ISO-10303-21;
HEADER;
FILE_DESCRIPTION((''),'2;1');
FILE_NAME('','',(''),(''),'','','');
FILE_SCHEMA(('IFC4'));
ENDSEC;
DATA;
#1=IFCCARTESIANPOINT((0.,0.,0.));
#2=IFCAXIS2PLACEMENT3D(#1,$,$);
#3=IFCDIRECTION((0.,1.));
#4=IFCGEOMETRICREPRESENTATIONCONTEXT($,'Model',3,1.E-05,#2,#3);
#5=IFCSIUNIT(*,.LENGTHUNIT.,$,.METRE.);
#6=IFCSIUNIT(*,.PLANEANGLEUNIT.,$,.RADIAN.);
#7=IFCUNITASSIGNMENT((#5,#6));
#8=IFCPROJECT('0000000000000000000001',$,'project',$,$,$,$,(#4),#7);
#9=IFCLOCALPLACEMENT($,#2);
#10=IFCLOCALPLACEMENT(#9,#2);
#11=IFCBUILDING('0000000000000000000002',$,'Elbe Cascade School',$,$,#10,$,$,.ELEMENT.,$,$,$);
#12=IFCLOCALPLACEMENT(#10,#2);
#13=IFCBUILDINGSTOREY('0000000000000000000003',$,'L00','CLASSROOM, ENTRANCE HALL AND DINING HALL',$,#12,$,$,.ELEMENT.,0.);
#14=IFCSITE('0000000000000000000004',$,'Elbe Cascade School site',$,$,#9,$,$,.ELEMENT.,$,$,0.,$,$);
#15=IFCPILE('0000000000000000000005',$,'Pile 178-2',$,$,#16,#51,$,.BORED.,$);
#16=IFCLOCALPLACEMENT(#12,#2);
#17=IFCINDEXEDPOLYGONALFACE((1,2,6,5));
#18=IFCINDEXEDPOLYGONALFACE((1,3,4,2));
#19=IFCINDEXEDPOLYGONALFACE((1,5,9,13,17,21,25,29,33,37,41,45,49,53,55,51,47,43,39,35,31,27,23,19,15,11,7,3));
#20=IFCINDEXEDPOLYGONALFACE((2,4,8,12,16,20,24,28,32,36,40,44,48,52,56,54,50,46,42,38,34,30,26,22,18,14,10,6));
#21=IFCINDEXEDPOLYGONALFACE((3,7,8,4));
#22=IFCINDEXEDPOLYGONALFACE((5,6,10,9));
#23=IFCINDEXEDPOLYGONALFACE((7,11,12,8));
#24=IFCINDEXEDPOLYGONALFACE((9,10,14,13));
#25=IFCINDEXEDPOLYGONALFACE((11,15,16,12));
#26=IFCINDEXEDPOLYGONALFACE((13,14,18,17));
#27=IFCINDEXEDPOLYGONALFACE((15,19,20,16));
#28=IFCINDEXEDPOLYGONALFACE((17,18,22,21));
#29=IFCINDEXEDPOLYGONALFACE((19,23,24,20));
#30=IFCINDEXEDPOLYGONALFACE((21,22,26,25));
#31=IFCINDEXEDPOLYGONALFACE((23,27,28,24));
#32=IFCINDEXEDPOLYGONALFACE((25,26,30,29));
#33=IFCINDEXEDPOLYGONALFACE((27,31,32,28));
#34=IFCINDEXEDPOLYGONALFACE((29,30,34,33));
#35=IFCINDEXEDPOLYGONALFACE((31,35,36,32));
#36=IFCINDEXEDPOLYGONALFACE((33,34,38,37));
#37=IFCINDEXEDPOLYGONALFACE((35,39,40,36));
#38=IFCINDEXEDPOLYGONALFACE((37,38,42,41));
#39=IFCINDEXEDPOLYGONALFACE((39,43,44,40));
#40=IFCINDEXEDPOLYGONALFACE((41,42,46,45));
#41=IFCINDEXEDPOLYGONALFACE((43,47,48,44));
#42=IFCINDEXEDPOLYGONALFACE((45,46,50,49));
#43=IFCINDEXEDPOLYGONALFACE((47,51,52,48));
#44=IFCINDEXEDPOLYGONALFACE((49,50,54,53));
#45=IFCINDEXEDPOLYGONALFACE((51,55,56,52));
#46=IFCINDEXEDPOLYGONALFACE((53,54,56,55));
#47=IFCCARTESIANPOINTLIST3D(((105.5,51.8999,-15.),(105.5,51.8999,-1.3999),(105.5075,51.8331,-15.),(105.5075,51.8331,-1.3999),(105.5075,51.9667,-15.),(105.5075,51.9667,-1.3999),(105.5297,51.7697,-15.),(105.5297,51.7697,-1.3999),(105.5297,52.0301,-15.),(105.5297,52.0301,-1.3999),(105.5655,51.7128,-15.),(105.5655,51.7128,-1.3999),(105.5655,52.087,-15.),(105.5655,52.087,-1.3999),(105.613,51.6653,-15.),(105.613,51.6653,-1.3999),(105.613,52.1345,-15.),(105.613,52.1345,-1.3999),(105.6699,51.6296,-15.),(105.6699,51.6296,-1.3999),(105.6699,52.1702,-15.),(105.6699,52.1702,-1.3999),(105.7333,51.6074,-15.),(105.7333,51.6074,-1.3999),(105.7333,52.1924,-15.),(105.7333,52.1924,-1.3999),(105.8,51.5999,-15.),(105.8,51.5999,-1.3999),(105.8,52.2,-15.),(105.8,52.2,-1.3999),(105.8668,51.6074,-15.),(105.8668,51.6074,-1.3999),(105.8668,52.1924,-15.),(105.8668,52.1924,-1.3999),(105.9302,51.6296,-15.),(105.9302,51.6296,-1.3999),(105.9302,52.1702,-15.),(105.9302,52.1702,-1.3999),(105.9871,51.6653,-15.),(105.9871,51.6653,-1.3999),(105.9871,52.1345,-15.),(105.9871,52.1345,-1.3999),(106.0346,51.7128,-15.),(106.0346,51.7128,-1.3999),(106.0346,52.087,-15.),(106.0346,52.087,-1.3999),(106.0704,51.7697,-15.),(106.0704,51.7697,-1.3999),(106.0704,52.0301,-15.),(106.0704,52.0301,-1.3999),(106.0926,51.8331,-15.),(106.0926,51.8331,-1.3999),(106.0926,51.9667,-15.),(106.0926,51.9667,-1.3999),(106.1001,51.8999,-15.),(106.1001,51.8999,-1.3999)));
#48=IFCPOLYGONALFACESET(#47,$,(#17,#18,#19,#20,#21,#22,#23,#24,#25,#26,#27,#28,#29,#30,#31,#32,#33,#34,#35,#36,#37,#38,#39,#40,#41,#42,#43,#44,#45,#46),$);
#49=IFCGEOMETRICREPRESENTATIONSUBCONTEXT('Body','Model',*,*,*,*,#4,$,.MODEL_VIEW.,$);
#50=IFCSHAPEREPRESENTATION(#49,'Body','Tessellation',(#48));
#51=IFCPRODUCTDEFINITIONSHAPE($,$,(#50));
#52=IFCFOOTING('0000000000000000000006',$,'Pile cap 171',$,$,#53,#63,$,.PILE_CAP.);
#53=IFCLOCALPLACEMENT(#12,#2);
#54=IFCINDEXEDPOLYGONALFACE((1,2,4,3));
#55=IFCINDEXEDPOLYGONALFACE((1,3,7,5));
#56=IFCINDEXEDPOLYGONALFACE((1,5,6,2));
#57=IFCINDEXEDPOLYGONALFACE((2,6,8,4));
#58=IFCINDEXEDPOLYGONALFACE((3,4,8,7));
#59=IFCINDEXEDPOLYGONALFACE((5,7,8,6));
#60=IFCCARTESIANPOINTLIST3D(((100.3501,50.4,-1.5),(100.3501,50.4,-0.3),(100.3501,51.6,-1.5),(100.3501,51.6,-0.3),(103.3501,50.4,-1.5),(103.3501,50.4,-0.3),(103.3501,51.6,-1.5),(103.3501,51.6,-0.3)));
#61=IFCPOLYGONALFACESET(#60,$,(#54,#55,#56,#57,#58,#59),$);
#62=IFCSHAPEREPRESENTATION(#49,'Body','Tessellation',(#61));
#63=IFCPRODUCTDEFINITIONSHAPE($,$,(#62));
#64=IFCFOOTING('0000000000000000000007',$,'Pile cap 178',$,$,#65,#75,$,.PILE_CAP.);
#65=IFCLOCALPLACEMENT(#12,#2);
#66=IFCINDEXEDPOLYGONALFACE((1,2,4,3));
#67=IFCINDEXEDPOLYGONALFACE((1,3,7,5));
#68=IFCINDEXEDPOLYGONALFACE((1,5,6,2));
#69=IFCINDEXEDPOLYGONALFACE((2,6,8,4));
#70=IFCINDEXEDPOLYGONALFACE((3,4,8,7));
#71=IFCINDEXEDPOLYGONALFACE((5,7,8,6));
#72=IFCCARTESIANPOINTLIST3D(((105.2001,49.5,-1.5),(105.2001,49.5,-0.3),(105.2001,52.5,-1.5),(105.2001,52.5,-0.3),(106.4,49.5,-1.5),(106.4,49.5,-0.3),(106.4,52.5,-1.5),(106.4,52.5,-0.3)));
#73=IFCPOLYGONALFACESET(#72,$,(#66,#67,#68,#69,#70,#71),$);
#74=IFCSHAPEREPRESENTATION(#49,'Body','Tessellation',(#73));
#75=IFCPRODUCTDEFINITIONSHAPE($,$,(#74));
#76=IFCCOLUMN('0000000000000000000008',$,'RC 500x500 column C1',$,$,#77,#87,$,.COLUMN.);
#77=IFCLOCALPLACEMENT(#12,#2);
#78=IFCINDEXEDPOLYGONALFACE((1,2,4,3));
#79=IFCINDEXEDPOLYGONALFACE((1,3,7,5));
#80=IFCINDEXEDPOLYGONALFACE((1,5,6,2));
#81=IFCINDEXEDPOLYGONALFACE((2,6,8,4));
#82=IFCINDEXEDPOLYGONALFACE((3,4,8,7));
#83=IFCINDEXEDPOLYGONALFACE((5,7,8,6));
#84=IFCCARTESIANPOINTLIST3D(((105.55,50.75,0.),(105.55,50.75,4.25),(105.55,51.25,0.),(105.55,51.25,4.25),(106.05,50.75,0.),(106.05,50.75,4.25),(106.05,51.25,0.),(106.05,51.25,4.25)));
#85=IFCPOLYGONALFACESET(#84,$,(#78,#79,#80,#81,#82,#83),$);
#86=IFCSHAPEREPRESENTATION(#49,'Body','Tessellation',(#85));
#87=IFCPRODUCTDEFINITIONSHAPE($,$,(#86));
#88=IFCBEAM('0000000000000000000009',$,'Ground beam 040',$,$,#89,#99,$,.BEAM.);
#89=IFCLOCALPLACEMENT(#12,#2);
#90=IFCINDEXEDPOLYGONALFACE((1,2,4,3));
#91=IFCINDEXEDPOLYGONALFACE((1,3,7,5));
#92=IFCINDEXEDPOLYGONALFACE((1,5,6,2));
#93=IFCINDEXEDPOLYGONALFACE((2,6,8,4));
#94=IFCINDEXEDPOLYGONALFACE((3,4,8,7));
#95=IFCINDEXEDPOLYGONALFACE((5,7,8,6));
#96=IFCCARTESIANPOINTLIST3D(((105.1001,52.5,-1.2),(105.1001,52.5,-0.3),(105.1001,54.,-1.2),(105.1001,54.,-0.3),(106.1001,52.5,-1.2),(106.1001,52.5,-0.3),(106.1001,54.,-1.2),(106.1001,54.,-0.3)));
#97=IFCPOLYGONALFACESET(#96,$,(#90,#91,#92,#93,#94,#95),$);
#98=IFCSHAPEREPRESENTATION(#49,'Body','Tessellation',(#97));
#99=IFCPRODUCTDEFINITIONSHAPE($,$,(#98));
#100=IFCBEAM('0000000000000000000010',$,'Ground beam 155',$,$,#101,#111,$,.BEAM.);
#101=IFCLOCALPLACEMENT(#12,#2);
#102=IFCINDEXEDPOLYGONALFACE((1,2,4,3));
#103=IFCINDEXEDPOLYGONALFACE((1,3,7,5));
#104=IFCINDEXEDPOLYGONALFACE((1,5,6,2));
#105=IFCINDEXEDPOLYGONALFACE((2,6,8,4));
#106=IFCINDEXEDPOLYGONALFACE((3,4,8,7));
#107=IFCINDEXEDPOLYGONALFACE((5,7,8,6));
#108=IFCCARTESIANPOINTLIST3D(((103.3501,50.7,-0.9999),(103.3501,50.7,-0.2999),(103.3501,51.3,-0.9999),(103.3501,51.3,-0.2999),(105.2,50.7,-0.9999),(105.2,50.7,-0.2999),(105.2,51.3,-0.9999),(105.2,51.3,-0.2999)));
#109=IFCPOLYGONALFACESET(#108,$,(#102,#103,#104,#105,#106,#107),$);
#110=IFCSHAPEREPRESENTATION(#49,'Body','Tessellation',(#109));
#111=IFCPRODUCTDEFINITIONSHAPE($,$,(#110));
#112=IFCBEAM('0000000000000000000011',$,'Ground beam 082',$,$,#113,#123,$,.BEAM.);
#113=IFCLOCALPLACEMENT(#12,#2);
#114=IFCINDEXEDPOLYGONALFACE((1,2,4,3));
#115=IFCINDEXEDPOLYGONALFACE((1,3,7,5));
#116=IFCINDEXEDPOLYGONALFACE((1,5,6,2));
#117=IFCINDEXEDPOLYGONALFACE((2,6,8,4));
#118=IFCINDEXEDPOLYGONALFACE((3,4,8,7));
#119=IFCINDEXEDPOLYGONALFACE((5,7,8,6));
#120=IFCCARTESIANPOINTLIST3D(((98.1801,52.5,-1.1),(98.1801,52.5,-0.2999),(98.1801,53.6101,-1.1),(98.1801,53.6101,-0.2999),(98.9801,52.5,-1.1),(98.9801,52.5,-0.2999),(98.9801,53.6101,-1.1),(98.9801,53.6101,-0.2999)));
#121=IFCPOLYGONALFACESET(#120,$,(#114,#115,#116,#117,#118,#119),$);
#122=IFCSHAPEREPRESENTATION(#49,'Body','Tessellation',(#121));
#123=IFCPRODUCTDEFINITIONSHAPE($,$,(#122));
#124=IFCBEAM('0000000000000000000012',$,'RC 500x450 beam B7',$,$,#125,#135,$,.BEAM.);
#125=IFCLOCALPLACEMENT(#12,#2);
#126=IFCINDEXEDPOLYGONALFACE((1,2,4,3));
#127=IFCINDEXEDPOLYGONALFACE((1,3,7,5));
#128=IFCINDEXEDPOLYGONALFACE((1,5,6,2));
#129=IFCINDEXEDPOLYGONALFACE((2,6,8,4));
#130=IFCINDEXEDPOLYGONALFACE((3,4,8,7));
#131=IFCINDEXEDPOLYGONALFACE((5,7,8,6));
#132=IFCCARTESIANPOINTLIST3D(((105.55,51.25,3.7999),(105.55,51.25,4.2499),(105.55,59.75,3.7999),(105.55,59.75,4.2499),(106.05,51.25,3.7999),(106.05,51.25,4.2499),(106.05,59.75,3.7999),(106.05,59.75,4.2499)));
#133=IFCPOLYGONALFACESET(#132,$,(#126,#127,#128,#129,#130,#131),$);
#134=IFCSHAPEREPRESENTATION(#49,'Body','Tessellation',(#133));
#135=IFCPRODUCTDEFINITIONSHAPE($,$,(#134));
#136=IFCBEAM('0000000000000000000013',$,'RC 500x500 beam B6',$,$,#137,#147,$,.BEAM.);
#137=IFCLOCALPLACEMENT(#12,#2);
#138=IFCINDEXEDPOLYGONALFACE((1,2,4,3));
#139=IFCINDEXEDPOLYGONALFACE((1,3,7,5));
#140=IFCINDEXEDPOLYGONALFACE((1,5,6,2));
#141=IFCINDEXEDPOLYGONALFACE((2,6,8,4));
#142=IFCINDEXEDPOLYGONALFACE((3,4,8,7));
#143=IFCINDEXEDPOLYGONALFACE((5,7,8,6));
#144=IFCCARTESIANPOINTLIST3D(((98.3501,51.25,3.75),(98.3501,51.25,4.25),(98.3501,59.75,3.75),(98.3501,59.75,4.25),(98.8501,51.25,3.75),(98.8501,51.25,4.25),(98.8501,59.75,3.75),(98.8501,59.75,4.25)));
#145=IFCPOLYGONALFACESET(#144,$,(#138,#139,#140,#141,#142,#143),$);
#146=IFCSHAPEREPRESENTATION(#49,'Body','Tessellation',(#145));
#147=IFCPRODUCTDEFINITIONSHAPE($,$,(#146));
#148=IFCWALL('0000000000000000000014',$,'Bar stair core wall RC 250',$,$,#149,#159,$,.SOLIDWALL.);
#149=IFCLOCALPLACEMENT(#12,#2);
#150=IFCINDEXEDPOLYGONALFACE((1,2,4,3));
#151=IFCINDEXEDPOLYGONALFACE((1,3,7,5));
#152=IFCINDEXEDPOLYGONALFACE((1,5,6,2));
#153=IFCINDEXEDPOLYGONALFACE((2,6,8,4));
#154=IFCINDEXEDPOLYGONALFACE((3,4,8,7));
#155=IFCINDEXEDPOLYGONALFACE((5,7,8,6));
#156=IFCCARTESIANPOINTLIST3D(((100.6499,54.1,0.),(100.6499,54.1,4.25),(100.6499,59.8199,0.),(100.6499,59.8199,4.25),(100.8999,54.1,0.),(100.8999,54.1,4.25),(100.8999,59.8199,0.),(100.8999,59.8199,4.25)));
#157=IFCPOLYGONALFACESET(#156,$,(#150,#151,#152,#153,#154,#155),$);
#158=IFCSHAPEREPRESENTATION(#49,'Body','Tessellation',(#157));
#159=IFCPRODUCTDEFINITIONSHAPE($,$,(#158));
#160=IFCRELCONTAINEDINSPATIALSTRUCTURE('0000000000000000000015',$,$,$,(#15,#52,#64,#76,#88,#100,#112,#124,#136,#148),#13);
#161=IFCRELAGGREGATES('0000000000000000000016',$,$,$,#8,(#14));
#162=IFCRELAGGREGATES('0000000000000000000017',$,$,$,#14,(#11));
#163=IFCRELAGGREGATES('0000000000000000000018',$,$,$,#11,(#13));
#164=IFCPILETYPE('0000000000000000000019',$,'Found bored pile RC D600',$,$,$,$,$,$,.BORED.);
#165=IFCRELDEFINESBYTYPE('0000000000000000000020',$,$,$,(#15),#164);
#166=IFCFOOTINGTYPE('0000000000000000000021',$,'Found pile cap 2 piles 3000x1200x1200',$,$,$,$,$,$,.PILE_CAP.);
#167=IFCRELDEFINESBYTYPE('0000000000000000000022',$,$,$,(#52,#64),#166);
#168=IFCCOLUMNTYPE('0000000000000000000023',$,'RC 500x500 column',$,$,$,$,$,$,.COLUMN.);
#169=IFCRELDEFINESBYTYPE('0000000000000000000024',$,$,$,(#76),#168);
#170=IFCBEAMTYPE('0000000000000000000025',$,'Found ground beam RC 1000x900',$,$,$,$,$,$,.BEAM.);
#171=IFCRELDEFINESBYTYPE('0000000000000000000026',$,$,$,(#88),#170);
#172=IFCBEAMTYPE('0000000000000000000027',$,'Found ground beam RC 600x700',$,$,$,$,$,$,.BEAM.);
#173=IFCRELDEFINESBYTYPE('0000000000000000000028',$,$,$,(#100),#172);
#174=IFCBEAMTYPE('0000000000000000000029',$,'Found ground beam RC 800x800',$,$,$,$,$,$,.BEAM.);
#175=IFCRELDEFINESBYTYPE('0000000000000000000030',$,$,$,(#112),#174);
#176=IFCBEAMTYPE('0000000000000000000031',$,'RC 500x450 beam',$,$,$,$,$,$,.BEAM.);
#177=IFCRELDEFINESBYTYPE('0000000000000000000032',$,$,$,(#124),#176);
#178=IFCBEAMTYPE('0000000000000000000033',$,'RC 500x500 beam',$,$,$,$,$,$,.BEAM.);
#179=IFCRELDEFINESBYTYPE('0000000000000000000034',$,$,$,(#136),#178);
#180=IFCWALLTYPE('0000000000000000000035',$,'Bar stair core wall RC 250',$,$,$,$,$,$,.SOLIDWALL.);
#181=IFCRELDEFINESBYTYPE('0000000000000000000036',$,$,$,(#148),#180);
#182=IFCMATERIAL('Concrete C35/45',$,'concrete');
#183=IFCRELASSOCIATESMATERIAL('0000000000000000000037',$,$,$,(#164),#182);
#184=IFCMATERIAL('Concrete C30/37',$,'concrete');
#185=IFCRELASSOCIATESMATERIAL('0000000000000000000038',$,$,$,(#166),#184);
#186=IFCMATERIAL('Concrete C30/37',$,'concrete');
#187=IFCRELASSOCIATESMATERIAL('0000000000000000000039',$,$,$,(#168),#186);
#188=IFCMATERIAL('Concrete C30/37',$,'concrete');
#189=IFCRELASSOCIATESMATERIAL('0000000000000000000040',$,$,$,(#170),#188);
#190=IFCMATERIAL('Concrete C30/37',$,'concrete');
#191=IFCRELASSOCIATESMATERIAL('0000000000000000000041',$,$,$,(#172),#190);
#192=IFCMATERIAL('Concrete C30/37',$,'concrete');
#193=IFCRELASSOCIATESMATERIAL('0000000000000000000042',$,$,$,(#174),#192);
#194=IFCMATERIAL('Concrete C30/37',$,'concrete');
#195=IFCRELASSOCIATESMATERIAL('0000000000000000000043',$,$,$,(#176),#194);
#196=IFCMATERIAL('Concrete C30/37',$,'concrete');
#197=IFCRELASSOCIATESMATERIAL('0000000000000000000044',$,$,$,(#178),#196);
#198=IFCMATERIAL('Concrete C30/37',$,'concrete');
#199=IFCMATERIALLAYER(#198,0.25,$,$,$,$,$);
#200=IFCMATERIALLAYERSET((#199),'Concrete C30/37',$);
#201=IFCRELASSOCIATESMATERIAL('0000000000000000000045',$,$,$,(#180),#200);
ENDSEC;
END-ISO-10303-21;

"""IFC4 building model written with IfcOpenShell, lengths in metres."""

from ifc_helpers import new_model, si_unit, direction, frame, frame_2d, origin, origin_2d, place, context, subcontext, project, spatial, rectangle, circle, extrude, material, layer, layer_set, material_profile, profile_set, type_object, element, save


model = new_model("IFC4")

# Units and contexts
model_context = context("Model", 3, precision=1e-05, world=origin(), true_north=direction((0.0, 1.0)))
body_context = subcontext(model_context, "Body", "Model", "MODEL_VIEW")
ifc_project = project(units=[si_unit("LENGTHUNIT", "METRE"), si_unit("PLANEANGLEUNIT", "RADIAN")], contexts=[model_context])

# Site, building, storey
site_placement = place(None, origin())
site = spatial("IfcSite", under=ifc_project, at=site_placement, Name="Elbe Cascade School site", CompositionType="ELEMENT", RefElevation=0.0)
building_placement = place(site_placement, origin())
building = spatial("IfcBuilding", under=site, at=building_placement, Name="Elbe Cascade School", CompositionType="ELEMENT")
storey_placement = place(building_placement, origin())
storey = spatial("IfcBuildingStorey", under=building, at=storey_placement, Name="L00", Description="CLASSROOM, ENTRANCE HALL AND DINING HALL", CompositionType="ELEMENT", Elevation=0.0)

# Pile
ifc_material_1 = material(Name="Concrete C35/45", Category="concrete")
ifc_material_profile_1 = material_profile(ifc_material_1, circle(Radius=0.3, at=origin_2d()), Name="RC D600")
ifc_profile_set_1 = profile_set([ifc_material_profile_1], Name="Concrete C35/45")
pile_type = type_object("IfcPileType", Name="Found bored pile RC D600", PredefinedType="BORED", material=ifc_profile_set_1)
for number, where, z_axis, x_axis, name in (
    (1, (105.8, 51.8999, -1.3999), (0.0, 0.0, -1.0), (1.0, 0.0, 0.0), "Pile 178-2"),
):
    element("IfcPile", number, at=place(storey_placement, frame(where, z_axis=z_axis, x_axis=x_axis)), inside=storey, type_object=pile_type, Name=name, PredefinedType="BORED", context=body_context, shape_type="SweptSolid", body=[
        extrude(circle(Radius=0.3, at=origin_2d()), origin(), (0.0, 0.0, 1.0), 13.6001),
    ])

# Footings
ifc_material_2 = material(Name="Concrete C30/37", Category="concrete")
footing_type = type_object("IfcFootingType", Name="Found pile cap 2 piles 3000x1200x1200", PredefinedType="PILE_CAP", material=ifc_material_2)
footing_1_placement = place(storey_placement, frame((101.8501, 51.0, -1.5), z_axis=(0.0, 0.0, 1.0), x_axis=(1.0, 0.0, 0.0)))
element("IfcFooting", 2, at=footing_1_placement, inside=storey, type_object=footing_type, Name="Pile cap 171", PredefinedType="PILE_CAP", context=body_context, shape_type="SweptSolid", body=[
    extrude(rectangle(XDim=3.0, YDim=1.2, at=origin_2d()), origin(), (0.0, 0.0, 1.0), 1.2),
])
footing_2_placement = place(storey_placement, frame((105.8, 51.0, -1.5), z_axis=(0.0, 0.0, 1.0), x_axis=(1.0, 0.0, 0.0)))
element("IfcFooting", 3, at=footing_2_placement, inside=storey, type_object=footing_type, Name="Pile cap 178", PredefinedType="PILE_CAP", context=body_context, shape_type="SweptSolid", body=[
    extrude(rectangle(XDim=1.2, YDim=3.0, at=origin_2d()), origin(), (0.0, 0.0, 1.0), 1.2),
])

# Column
ifc_material_3 = material(Name="Concrete C30/37", Category="concrete")
ifc_material_profile_2 = material_profile(ifc_material_3, rectangle(XDim=0.5, YDim=0.5, at=origin_2d()), Name="RC 500x500")
ifc_profile_set_2 = profile_set([ifc_material_profile_2], Name="Concrete C30/37")
column_type = type_object("IfcColumnType", Name="RC 500x500 column", PredefinedType="COLUMN", material=ifc_profile_set_2)
column_placement = place(storey_placement, frame((105.8, 51.0, 0.0), z_axis=(0.0, 0.0, 1.0), x_axis=(1.0, 0.0, 0.0)))
element("IfcColumn", 4, at=column_placement, inside=storey, type_object=column_type, Name="RC 500x500 column C1", PredefinedType="COLUMN", context=body_context, shape_type="SweptSolid", body=[
    extrude(rectangle(XDim=0.5, YDim=0.5, at=origin_2d()), origin(), (0.0, 0.0, 1.0), 4.25),
])

# Beams
ifc_material_4 = material(Name="Concrete C30/37", Category="concrete")
ifc_material_profile_3 = material_profile(ifc_material_4, rectangle(XDim=1.0, YDim=0.8999, at=origin_2d()), Name="RC 1000x900")
ifc_profile_set_3 = profile_set([ifc_material_profile_3], Name="Concrete C30/37")
beam_type_1 = type_object("IfcBeamType", Name="Found ground beam RC 1000x900", PredefinedType="BEAM", material=ifc_profile_set_3)
beam_1_placement = place(storey_placement, frame((105.6001, 52.5, -0.75), z_axis=(0.0, 1.0, 0.0), x_axis=(-1.0, 0.0, 0.0)))
element("IfcBeam", 5, at=beam_1_placement, inside=storey, type_object=beam_type_1, Name="Ground beam 040", PredefinedType="BEAM", context=body_context, shape_type="SweptSolid", body=[
    extrude(rectangle(XDim=1.0, YDim=0.8999, at=origin_2d()), origin(), (0.0, 0.0, 1.0), 1.5),
])
ifc_material_5 = material(Name="Concrete C30/37", Category="concrete")
ifc_material_profile_4 = material_profile(ifc_material_5, rectangle(XDim=0.6001, YDim=0.7, at=origin_2d()), Name="RC 600x700")
ifc_profile_set_4 = profile_set([ifc_material_profile_4], Name="Concrete C30/37")
beam_type_2 = type_object("IfcBeamType", Name="Found ground beam RC 600x700", PredefinedType="BEAM", material=ifc_profile_set_4)
beam_2_placement = place(storey_placement, frame((103.3501, 51.0, -0.6499), z_axis=(1.0, 0.0, 0.0), x_axis=(0.0, 1.0, 0.0)))
element("IfcBeam", 6, at=beam_2_placement, inside=storey, type_object=beam_type_2, Name="Ground beam 155", PredefinedType="BEAM", context=body_context, shape_type="SweptSolid", body=[
    extrude(rectangle(XDim=0.6001, YDim=0.7, at=origin_2d()), origin(), (0.0, 0.0, 1.0), 1.8499),
])
ifc_material_6 = material(Name="Concrete C30/37", Category="concrete")
ifc_material_profile_5 = material_profile(ifc_material_6, rectangle(XDim=0.8, YDim=0.8, at=origin_2d()), Name="RC 800x800")
ifc_profile_set_5 = profile_set([ifc_material_profile_5], Name="Concrete C30/37")
beam_type_3 = type_object("IfcBeamType", Name="Found ground beam RC 800x800", PredefinedType="BEAM", material=ifc_profile_set_5)
beam_3_placement = place(storey_placement, frame((98.5801, 52.5, -0.7), z_axis=(0.0, 1.0, 0.0), x_axis=(-1.0, 0.0, 0.0)))
element("IfcBeam", 7, at=beam_3_placement, inside=storey, type_object=beam_type_3, Name="Ground beam 082", PredefinedType="BEAM", context=body_context, shape_type="SweptSolid", body=[
    extrude(rectangle(XDim=0.8, YDim=0.8, at=origin_2d()), origin(), (0.0, 0.0, 1.0), 1.1101),
])
ifc_material_7 = material(Name="Concrete C30/37", Category="concrete")
ifc_material_profile_6 = material_profile(ifc_material_7, rectangle(XDim=0.5, YDim=0.45, at=origin_2d()), Name="RC 500x450")
ifc_profile_set_6 = profile_set([ifc_material_profile_6], Name="Concrete C30/37")
beam_type_4 = type_object("IfcBeamType", Name="RC 500x450 beam", PredefinedType="BEAM", material=ifc_profile_set_6)
beam_4_placement = place(storey_placement, frame((105.8, 51.25, 4.0249), z_axis=(0.0, 1.0, 0.0), x_axis=(-1.0, 0.0, 0.0)))
element("IfcBeam", 8, at=beam_4_placement, inside=storey, type_object=beam_type_4, Name="RC 500x450 beam B7", PredefinedType="BEAM", context=body_context, shape_type="SweptSolid", body=[
    extrude(rectangle(XDim=0.5, YDim=0.45, at=origin_2d()), origin(), (0.0, 0.0, 1.0), 8.5),
])
ifc_material_8 = material(Name="Concrete C30/37", Category="concrete")
ifc_material_profile_7 = material_profile(ifc_material_8, rectangle(XDim=0.5, YDim=0.5, at=origin_2d()), Name="RC 500x500")
ifc_profile_set_7 = profile_set([ifc_material_profile_7], Name="Concrete C30/37")
beam_type_5 = type_object("IfcBeamType", Name="RC 500x500 beam", PredefinedType="BEAM", material=ifc_profile_set_7)
beam_5_placement = place(storey_placement, frame((98.6001, 51.25, 4.0), z_axis=(0.0, 1.0, 0.0), x_axis=(-1.0, 0.0, 0.0)))
element("IfcBeam", 9, at=beam_5_placement, inside=storey, type_object=beam_type_5, Name="RC 500x500 beam B6", PredefinedType="BEAM", context=body_context, shape_type="SweptSolid", body=[
    extrude(rectangle(XDim=0.5, YDim=0.5, at=origin_2d()), origin(), (0.0, 0.0, 1.0), 8.5),
])

# Wall
ifc_material_9 = material(Name="Concrete C30/37", Category="concrete")
ifc_layer_1 = layer(ifc_material_9, 0.25)
ifc_layer_set_1 = layer_set([ifc_layer_1], Name="Concrete C30/37")
wall_type_1 = type_object("IfcWallType", Name="Bar stair core wall RC 250", PredefinedType="SOLIDWALL", material=ifc_layer_set_1)
wall_1_placement = place(storey_placement, frame((100.7749, 54.1001, 0.0), z_axis=(0.0, 0.0, 1.0), x_axis=(0.0, 1.0, 0.0)))
element("IfcWall", 10, at=wall_1_placement, inside=storey, type_object=wall_type_1, Name="Bar stair core wall RC 250", PredefinedType="SOLIDWALL", context=body_context, shape_type="SweptSolid", body=[
    extrude(rectangle(XDim=5.72, YDim=0.25, at=frame_2d((2.8599, 0.0))), origin(), (0.0, 0.0, 1.0), 4.25),
])

save(model, "model.ifc")
